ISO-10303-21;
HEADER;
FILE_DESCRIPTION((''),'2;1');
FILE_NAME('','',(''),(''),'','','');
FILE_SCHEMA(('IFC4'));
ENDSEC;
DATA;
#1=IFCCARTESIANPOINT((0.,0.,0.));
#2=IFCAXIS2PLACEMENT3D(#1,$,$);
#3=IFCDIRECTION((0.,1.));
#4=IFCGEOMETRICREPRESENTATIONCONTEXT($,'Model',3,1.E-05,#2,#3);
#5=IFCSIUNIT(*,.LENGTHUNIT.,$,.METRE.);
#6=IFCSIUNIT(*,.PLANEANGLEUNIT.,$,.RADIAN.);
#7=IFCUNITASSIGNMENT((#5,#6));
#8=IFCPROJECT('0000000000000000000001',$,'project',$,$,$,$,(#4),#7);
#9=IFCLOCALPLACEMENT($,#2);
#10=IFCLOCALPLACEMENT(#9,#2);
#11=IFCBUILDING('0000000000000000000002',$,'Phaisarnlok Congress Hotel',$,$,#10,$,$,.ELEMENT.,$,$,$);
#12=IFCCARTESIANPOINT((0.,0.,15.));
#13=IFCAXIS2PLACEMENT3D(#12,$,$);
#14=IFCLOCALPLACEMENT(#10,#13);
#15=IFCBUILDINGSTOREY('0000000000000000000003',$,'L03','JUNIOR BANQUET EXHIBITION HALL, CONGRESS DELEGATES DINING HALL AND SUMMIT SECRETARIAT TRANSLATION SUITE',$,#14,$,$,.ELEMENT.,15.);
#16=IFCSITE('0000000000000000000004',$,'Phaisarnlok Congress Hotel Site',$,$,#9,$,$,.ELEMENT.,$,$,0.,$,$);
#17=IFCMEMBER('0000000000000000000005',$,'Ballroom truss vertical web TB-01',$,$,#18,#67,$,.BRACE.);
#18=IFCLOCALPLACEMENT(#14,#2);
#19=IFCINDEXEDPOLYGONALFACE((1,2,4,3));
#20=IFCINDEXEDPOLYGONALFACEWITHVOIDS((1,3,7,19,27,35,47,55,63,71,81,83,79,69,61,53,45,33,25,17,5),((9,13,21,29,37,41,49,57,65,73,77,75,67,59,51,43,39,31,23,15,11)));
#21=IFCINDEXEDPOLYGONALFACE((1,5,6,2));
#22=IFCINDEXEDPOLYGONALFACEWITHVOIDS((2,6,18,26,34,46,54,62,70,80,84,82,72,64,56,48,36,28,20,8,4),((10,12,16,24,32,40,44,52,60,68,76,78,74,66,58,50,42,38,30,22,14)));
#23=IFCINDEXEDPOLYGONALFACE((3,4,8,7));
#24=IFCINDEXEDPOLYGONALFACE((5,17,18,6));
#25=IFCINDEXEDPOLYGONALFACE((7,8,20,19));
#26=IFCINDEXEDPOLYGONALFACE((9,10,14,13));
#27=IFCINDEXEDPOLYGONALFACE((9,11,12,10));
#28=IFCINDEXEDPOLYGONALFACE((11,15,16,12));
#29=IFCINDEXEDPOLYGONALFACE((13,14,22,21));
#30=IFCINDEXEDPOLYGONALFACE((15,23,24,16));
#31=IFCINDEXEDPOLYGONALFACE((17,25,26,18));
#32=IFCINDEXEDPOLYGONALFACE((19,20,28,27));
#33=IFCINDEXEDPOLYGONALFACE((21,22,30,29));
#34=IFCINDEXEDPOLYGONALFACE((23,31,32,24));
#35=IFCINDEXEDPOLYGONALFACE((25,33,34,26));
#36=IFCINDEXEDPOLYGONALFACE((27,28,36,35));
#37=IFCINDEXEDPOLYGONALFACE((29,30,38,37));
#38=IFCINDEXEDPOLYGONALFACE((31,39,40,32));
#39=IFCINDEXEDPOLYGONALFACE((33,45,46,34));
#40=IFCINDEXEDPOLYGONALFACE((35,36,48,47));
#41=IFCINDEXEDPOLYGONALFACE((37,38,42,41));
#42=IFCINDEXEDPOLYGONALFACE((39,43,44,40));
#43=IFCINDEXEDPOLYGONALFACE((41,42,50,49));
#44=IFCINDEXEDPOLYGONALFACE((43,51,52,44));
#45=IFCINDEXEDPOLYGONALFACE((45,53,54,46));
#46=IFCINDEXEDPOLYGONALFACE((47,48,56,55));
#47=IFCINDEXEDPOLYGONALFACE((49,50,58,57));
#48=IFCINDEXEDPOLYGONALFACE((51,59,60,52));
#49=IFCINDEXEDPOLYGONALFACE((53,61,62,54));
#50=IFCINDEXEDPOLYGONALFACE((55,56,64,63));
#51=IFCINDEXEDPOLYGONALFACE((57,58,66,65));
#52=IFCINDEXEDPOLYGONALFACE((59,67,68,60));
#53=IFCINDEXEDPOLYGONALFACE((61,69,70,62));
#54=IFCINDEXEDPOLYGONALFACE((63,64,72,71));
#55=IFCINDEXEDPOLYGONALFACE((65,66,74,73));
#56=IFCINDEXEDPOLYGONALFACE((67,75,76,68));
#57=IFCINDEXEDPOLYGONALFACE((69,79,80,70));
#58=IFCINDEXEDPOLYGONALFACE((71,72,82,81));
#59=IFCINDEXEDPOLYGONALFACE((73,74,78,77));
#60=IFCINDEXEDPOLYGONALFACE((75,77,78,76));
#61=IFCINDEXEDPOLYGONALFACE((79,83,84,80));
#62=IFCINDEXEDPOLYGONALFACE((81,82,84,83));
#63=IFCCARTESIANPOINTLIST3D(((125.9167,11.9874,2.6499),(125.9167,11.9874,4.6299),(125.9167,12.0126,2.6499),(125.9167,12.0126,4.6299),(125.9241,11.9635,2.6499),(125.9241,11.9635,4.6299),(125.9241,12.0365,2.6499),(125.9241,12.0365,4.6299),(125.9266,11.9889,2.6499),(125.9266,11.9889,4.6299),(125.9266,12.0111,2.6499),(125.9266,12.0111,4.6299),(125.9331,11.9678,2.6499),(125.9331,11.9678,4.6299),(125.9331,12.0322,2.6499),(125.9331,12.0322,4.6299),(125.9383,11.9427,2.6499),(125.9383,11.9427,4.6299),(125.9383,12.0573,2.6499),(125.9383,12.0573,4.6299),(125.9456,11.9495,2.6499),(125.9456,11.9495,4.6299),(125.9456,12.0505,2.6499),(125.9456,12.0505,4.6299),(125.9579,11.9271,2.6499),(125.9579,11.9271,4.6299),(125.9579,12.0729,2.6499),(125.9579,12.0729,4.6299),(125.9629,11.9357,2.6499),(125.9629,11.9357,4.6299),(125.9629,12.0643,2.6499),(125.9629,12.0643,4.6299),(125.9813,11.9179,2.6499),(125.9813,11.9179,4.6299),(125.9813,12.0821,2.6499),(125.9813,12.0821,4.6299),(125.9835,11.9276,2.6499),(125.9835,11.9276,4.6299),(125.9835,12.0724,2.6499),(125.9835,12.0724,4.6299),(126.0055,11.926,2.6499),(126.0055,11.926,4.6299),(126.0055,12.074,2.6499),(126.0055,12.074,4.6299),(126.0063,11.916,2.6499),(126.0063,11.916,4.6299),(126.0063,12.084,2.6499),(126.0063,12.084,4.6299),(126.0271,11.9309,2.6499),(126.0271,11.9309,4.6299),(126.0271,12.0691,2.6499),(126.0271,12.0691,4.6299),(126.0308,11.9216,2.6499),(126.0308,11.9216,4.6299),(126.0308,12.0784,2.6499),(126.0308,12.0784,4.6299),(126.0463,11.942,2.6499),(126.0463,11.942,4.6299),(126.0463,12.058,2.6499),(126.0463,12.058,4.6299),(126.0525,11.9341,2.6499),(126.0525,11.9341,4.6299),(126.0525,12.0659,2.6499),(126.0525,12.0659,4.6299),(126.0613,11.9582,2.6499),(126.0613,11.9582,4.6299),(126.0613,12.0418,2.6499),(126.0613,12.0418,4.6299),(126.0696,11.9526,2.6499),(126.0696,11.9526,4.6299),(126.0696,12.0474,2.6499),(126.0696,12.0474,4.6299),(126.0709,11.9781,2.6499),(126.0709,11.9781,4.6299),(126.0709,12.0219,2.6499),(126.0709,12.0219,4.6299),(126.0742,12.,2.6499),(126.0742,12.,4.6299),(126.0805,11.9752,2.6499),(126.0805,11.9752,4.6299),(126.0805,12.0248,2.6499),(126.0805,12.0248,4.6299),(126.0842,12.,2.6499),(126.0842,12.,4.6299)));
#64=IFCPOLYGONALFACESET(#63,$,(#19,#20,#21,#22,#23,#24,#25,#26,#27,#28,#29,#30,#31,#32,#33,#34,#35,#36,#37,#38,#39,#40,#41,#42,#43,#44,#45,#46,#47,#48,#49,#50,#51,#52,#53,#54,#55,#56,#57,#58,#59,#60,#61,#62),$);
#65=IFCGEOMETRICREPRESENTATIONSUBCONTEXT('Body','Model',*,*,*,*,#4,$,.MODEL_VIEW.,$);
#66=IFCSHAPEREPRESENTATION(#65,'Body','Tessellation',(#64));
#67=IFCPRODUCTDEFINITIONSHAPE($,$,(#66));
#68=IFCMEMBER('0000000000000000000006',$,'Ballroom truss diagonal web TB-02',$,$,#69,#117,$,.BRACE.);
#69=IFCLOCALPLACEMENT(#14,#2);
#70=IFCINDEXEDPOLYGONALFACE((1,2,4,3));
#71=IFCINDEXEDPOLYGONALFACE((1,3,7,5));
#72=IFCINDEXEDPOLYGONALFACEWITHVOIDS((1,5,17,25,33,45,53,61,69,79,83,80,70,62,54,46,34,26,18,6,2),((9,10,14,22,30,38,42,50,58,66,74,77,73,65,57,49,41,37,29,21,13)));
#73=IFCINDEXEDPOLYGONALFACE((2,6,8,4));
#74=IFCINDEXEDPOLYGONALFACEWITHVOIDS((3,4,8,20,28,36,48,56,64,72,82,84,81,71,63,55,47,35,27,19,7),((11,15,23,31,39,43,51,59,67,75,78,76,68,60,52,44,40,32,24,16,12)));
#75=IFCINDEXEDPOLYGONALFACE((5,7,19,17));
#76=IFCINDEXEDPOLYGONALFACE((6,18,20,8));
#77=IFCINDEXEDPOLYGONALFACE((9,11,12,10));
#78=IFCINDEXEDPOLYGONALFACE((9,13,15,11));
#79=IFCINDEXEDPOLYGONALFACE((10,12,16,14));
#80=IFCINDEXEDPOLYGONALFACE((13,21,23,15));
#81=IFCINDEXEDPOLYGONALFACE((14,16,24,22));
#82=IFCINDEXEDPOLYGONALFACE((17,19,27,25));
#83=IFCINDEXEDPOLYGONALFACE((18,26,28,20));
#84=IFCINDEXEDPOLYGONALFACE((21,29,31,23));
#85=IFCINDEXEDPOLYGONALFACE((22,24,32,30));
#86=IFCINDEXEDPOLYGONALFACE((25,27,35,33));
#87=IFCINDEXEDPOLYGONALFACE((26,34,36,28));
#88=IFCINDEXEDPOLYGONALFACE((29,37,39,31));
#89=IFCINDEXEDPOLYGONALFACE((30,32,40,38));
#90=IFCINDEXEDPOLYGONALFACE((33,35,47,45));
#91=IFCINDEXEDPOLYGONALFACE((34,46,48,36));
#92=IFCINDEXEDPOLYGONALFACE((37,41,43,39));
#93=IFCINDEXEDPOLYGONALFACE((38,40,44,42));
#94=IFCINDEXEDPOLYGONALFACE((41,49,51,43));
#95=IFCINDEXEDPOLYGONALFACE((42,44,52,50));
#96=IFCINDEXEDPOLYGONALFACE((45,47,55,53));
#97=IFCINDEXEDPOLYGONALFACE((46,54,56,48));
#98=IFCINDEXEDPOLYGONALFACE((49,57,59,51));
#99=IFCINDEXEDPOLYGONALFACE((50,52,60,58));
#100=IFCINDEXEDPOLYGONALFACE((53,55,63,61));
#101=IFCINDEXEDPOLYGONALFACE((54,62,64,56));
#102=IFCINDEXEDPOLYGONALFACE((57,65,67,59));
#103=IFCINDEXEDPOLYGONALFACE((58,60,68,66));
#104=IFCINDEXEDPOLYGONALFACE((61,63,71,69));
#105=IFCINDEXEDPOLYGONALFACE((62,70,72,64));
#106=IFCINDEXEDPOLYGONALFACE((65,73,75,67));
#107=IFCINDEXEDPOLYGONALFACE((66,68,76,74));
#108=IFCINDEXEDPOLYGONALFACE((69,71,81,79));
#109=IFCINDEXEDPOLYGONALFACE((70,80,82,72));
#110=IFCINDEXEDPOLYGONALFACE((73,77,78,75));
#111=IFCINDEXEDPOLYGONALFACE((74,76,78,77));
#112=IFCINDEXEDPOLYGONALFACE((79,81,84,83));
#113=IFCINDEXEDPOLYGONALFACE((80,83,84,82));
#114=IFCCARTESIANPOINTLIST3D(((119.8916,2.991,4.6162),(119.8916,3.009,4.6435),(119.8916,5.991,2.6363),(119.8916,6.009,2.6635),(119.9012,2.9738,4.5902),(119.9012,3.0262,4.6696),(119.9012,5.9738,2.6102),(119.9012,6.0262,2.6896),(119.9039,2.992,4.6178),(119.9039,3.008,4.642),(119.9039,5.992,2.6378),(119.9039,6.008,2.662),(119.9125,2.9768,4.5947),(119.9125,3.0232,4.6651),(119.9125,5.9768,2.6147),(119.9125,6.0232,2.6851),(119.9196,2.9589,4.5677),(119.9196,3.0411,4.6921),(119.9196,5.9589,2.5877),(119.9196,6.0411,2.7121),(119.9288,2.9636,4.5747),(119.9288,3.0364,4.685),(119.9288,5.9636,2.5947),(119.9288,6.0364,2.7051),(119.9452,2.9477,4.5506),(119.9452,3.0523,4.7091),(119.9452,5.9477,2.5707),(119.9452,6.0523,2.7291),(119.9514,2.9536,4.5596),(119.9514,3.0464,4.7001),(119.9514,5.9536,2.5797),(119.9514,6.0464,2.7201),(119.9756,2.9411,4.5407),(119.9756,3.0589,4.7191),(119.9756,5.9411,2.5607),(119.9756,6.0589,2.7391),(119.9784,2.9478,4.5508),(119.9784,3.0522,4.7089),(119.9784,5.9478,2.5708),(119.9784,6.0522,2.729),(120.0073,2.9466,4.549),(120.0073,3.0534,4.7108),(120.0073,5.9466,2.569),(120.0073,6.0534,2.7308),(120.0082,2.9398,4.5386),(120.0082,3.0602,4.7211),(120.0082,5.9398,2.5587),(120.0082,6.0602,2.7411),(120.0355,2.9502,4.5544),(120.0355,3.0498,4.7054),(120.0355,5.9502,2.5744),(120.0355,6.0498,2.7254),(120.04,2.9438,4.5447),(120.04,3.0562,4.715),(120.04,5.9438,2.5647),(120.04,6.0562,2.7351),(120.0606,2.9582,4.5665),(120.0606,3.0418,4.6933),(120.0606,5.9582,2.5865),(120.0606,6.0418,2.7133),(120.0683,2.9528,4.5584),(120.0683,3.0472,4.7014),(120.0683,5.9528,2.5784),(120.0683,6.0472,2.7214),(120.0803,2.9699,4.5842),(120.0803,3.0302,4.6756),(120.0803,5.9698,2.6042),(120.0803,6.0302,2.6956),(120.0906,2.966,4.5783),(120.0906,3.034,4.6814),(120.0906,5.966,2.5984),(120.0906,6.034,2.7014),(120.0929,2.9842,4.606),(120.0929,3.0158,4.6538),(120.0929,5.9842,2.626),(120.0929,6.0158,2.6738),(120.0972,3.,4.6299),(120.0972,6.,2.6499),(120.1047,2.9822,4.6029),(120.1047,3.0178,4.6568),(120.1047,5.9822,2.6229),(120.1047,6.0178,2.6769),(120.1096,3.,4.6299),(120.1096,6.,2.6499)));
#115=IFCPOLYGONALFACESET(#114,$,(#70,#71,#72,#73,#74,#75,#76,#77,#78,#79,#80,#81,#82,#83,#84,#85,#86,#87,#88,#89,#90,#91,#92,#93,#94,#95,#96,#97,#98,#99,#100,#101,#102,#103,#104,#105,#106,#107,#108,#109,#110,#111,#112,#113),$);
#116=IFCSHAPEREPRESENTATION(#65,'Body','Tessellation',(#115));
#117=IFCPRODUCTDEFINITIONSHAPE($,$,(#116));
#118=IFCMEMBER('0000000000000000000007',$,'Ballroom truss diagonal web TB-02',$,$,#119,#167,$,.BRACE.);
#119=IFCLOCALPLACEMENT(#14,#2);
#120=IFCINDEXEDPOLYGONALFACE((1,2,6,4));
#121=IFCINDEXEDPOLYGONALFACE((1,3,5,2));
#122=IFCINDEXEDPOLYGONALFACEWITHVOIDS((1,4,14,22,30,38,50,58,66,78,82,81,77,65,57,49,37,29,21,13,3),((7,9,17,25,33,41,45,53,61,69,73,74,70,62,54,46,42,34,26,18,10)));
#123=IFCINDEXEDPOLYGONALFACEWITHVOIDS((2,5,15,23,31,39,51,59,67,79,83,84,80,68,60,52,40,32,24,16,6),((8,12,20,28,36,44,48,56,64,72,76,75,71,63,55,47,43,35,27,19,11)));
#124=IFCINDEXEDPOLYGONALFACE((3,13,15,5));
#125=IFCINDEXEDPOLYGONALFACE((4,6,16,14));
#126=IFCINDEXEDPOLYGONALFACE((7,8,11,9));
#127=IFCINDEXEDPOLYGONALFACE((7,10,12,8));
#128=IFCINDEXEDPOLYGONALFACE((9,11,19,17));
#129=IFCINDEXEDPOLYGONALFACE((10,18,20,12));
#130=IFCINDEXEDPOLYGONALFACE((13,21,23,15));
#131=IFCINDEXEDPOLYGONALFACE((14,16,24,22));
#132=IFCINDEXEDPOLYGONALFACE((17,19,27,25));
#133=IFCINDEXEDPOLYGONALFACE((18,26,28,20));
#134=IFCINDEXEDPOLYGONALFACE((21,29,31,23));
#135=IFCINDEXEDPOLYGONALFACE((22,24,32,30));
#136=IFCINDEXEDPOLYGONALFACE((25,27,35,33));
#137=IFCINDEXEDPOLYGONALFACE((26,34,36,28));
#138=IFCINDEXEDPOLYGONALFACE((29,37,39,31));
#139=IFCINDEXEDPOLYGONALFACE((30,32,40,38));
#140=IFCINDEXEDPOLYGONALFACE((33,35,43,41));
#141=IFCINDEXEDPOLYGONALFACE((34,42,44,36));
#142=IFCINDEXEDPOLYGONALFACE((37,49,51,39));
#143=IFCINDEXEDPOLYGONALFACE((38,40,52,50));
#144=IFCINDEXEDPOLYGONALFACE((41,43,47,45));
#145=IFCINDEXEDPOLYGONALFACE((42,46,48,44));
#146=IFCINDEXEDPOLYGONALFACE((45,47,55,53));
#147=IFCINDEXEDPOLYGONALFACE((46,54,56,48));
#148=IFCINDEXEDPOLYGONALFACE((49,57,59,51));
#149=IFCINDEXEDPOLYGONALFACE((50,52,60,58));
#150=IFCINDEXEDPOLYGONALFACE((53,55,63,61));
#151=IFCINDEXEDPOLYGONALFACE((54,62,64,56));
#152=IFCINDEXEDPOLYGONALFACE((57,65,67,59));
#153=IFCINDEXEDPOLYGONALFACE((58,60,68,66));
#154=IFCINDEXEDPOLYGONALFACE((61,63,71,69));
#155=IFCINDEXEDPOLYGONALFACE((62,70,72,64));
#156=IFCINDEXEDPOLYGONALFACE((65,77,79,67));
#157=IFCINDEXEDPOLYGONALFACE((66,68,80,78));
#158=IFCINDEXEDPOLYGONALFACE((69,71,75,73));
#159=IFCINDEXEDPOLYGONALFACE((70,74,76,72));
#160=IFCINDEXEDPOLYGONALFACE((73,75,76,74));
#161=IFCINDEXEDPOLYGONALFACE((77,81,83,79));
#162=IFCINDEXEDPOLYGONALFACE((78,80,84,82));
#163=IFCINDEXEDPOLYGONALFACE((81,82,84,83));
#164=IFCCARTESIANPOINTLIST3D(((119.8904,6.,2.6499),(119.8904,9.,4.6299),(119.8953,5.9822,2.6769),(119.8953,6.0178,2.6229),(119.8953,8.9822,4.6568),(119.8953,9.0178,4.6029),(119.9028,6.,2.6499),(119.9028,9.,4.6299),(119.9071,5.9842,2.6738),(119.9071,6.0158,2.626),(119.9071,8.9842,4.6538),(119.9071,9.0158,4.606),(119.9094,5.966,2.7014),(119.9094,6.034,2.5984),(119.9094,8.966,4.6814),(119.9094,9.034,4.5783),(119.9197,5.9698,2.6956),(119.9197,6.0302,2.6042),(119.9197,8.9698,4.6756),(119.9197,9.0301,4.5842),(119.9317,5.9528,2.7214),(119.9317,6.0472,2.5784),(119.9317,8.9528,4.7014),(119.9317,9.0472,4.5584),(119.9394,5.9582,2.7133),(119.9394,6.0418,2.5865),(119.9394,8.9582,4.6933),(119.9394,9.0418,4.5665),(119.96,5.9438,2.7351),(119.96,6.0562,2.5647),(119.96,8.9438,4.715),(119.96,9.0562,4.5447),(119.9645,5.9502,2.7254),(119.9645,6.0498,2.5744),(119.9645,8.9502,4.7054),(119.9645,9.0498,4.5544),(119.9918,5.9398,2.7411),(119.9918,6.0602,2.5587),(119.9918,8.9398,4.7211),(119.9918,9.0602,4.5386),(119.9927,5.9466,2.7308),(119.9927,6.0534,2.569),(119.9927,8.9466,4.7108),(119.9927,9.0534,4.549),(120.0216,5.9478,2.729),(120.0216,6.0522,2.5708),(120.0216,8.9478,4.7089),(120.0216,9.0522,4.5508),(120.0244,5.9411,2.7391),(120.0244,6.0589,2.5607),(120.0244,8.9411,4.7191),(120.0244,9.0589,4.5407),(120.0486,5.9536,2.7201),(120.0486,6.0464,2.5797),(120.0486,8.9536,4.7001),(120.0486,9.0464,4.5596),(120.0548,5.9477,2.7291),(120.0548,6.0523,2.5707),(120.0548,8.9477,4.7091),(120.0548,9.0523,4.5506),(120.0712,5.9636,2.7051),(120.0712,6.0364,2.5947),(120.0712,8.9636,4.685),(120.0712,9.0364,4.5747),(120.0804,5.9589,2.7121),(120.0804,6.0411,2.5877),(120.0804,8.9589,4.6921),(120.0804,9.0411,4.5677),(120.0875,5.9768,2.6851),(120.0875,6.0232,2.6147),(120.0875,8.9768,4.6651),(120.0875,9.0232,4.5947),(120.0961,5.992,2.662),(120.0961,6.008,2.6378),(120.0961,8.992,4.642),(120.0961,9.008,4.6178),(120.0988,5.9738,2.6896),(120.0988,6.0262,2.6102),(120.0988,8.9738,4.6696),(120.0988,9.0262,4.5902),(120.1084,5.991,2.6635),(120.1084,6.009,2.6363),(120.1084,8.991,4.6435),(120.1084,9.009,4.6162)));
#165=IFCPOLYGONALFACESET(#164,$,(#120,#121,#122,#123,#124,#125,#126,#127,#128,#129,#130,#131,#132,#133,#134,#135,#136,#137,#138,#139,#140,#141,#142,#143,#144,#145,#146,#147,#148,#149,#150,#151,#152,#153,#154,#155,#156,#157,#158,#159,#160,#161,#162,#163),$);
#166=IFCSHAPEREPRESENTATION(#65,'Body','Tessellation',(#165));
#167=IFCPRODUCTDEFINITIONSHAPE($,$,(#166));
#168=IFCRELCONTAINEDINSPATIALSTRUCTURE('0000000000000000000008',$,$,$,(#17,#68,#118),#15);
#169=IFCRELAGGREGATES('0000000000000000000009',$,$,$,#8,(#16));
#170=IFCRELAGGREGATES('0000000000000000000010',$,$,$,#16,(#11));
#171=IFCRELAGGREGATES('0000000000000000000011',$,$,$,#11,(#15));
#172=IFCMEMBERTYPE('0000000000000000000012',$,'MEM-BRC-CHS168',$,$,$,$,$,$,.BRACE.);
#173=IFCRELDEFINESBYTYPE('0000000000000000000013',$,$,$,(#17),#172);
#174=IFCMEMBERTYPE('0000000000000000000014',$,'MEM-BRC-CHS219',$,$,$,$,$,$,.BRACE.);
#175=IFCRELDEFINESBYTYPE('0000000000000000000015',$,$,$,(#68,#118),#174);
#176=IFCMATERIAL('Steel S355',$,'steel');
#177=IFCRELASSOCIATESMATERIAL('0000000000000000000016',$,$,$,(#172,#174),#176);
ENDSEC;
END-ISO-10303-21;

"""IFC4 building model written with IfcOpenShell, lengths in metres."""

from ifc_helpers import new_model, si_unit, direction, frame, origin, origin_2d, place, context, subcontext, project, spatial, hollow_circle, extrude, material, material_profile, profile_set, type_object, element, save


model = new_model("IFC4")

# Units and contexts
model_context = context("Model", 3, precision=1e-05, world=origin(), true_north=direction((0.0, 1.0)))
body_context = subcontext(model_context, "Body", "Model", "MODEL_VIEW")
ifc_project = project(units=[si_unit("LENGTHUNIT", "METRE"), si_unit("PLANEANGLEUNIT", "RADIAN")], contexts=[model_context])

# Site, building, storey
site_placement = place(None, origin())
site = spatial("IfcSite", under=ifc_project, at=site_placement, Name="Phaisarnlok Congress Hotel Site", CompositionType="ELEMENT", RefElevation=0.0)
building_placement = place(site_placement, origin())
building = spatial("IfcBuilding", under=site, at=building_placement, Name="Phaisarnlok Congress Hotel", CompositionType="ELEMENT")
storey_placement = place(building_placement, frame((0.0, 0.0, 15.0)))
storey = spatial("IfcBuildingStorey", under=building, at=storey_placement, Name="L03", Description="JUNIOR BANQUET EXHIBITION HALL, CONGRESS DELEGATES DINING HALL AND SUMMIT SECRETARIAT TRANSLATION SUITE", CompositionType="ELEMENT", Elevation=15.0)

# Members
ifc_material = material(Name="Steel S355", Category="steel")
ifc_material_profile_1 = material_profile(ifc_material, hollow_circle(Radius=0.0842, WallThickness=0.01, at=origin_2d()), Name="CHS 168.3x10")
ifc_profile_set_1 = profile_set([ifc_material_profile_1], Name="Steel S355")
member_type_1 = type_object("IfcMemberType", Name="MEM-BRC-CHS168", PredefinedType="BRACE", material=ifc_profile_set_1)
for number, where, z_axis, x_axis, name in (
    (1, (126.0, 12.0, 2.6499), (0.0, 0.0, 1.0), (1.0, 0.0, 0.0), "Ballroom truss vertical web TB-01"),
):
    element("IfcMember", number, at=place(storey_placement, frame(where, z_axis=z_axis, x_axis=x_axis)), inside=storey, type_object=member_type_1, Name=name, PredefinedType="BRACE", context=body_context, shape_type="SweptSolid", body=[
        extrude(hollow_circle(Radius=0.0842, WallThickness=0.01, at=origin_2d()), origin(), (0.0, 0.0, 1.0), 1.98),
    ])
ifc_material_profile_2 = material_profile(ifc_material, hollow_circle(Radius=0.1096, WallThickness=0.0125, at=origin_2d()), Name="CHS 219.1x12.5")
ifc_profile_set_2 = profile_set([ifc_material_profile_2], Name="Steel S355")
member_type_2 = type_object("IfcMemberType", Name="MEM-BRC-CHS219", PredefinedType="BRACE", material=ifc_profile_set_2)
for number, where, z_axis, x_axis, name in (
    (2, (120.0, 6.0, 2.6499), (0.0, -0.834612, 0.550838), (1.0, 0.0, 0.0), "Ballroom truss diagonal web TB-02"),
    (3, (120.0, 6.0, 2.6499), (0.0, 0.834612, 0.550838), (-1.0, 0.0, 0.0), "Ballroom truss diagonal web TB-02"),
):
    element("IfcMember", number, at=place(storey_placement, frame(where, z_axis=z_axis, x_axis=x_axis)), inside=storey, type_object=member_type_2, Name=name, PredefinedType="BRACE", context=body_context, shape_type="SweptSolid", body=[
        extrude(hollow_circle(Radius=0.1096, WallThickness=0.0125, at=origin_2d()), origin(), (0.0, 0.0, 1.0), 3.5945),
    ])

save(model, "model.ifc")
